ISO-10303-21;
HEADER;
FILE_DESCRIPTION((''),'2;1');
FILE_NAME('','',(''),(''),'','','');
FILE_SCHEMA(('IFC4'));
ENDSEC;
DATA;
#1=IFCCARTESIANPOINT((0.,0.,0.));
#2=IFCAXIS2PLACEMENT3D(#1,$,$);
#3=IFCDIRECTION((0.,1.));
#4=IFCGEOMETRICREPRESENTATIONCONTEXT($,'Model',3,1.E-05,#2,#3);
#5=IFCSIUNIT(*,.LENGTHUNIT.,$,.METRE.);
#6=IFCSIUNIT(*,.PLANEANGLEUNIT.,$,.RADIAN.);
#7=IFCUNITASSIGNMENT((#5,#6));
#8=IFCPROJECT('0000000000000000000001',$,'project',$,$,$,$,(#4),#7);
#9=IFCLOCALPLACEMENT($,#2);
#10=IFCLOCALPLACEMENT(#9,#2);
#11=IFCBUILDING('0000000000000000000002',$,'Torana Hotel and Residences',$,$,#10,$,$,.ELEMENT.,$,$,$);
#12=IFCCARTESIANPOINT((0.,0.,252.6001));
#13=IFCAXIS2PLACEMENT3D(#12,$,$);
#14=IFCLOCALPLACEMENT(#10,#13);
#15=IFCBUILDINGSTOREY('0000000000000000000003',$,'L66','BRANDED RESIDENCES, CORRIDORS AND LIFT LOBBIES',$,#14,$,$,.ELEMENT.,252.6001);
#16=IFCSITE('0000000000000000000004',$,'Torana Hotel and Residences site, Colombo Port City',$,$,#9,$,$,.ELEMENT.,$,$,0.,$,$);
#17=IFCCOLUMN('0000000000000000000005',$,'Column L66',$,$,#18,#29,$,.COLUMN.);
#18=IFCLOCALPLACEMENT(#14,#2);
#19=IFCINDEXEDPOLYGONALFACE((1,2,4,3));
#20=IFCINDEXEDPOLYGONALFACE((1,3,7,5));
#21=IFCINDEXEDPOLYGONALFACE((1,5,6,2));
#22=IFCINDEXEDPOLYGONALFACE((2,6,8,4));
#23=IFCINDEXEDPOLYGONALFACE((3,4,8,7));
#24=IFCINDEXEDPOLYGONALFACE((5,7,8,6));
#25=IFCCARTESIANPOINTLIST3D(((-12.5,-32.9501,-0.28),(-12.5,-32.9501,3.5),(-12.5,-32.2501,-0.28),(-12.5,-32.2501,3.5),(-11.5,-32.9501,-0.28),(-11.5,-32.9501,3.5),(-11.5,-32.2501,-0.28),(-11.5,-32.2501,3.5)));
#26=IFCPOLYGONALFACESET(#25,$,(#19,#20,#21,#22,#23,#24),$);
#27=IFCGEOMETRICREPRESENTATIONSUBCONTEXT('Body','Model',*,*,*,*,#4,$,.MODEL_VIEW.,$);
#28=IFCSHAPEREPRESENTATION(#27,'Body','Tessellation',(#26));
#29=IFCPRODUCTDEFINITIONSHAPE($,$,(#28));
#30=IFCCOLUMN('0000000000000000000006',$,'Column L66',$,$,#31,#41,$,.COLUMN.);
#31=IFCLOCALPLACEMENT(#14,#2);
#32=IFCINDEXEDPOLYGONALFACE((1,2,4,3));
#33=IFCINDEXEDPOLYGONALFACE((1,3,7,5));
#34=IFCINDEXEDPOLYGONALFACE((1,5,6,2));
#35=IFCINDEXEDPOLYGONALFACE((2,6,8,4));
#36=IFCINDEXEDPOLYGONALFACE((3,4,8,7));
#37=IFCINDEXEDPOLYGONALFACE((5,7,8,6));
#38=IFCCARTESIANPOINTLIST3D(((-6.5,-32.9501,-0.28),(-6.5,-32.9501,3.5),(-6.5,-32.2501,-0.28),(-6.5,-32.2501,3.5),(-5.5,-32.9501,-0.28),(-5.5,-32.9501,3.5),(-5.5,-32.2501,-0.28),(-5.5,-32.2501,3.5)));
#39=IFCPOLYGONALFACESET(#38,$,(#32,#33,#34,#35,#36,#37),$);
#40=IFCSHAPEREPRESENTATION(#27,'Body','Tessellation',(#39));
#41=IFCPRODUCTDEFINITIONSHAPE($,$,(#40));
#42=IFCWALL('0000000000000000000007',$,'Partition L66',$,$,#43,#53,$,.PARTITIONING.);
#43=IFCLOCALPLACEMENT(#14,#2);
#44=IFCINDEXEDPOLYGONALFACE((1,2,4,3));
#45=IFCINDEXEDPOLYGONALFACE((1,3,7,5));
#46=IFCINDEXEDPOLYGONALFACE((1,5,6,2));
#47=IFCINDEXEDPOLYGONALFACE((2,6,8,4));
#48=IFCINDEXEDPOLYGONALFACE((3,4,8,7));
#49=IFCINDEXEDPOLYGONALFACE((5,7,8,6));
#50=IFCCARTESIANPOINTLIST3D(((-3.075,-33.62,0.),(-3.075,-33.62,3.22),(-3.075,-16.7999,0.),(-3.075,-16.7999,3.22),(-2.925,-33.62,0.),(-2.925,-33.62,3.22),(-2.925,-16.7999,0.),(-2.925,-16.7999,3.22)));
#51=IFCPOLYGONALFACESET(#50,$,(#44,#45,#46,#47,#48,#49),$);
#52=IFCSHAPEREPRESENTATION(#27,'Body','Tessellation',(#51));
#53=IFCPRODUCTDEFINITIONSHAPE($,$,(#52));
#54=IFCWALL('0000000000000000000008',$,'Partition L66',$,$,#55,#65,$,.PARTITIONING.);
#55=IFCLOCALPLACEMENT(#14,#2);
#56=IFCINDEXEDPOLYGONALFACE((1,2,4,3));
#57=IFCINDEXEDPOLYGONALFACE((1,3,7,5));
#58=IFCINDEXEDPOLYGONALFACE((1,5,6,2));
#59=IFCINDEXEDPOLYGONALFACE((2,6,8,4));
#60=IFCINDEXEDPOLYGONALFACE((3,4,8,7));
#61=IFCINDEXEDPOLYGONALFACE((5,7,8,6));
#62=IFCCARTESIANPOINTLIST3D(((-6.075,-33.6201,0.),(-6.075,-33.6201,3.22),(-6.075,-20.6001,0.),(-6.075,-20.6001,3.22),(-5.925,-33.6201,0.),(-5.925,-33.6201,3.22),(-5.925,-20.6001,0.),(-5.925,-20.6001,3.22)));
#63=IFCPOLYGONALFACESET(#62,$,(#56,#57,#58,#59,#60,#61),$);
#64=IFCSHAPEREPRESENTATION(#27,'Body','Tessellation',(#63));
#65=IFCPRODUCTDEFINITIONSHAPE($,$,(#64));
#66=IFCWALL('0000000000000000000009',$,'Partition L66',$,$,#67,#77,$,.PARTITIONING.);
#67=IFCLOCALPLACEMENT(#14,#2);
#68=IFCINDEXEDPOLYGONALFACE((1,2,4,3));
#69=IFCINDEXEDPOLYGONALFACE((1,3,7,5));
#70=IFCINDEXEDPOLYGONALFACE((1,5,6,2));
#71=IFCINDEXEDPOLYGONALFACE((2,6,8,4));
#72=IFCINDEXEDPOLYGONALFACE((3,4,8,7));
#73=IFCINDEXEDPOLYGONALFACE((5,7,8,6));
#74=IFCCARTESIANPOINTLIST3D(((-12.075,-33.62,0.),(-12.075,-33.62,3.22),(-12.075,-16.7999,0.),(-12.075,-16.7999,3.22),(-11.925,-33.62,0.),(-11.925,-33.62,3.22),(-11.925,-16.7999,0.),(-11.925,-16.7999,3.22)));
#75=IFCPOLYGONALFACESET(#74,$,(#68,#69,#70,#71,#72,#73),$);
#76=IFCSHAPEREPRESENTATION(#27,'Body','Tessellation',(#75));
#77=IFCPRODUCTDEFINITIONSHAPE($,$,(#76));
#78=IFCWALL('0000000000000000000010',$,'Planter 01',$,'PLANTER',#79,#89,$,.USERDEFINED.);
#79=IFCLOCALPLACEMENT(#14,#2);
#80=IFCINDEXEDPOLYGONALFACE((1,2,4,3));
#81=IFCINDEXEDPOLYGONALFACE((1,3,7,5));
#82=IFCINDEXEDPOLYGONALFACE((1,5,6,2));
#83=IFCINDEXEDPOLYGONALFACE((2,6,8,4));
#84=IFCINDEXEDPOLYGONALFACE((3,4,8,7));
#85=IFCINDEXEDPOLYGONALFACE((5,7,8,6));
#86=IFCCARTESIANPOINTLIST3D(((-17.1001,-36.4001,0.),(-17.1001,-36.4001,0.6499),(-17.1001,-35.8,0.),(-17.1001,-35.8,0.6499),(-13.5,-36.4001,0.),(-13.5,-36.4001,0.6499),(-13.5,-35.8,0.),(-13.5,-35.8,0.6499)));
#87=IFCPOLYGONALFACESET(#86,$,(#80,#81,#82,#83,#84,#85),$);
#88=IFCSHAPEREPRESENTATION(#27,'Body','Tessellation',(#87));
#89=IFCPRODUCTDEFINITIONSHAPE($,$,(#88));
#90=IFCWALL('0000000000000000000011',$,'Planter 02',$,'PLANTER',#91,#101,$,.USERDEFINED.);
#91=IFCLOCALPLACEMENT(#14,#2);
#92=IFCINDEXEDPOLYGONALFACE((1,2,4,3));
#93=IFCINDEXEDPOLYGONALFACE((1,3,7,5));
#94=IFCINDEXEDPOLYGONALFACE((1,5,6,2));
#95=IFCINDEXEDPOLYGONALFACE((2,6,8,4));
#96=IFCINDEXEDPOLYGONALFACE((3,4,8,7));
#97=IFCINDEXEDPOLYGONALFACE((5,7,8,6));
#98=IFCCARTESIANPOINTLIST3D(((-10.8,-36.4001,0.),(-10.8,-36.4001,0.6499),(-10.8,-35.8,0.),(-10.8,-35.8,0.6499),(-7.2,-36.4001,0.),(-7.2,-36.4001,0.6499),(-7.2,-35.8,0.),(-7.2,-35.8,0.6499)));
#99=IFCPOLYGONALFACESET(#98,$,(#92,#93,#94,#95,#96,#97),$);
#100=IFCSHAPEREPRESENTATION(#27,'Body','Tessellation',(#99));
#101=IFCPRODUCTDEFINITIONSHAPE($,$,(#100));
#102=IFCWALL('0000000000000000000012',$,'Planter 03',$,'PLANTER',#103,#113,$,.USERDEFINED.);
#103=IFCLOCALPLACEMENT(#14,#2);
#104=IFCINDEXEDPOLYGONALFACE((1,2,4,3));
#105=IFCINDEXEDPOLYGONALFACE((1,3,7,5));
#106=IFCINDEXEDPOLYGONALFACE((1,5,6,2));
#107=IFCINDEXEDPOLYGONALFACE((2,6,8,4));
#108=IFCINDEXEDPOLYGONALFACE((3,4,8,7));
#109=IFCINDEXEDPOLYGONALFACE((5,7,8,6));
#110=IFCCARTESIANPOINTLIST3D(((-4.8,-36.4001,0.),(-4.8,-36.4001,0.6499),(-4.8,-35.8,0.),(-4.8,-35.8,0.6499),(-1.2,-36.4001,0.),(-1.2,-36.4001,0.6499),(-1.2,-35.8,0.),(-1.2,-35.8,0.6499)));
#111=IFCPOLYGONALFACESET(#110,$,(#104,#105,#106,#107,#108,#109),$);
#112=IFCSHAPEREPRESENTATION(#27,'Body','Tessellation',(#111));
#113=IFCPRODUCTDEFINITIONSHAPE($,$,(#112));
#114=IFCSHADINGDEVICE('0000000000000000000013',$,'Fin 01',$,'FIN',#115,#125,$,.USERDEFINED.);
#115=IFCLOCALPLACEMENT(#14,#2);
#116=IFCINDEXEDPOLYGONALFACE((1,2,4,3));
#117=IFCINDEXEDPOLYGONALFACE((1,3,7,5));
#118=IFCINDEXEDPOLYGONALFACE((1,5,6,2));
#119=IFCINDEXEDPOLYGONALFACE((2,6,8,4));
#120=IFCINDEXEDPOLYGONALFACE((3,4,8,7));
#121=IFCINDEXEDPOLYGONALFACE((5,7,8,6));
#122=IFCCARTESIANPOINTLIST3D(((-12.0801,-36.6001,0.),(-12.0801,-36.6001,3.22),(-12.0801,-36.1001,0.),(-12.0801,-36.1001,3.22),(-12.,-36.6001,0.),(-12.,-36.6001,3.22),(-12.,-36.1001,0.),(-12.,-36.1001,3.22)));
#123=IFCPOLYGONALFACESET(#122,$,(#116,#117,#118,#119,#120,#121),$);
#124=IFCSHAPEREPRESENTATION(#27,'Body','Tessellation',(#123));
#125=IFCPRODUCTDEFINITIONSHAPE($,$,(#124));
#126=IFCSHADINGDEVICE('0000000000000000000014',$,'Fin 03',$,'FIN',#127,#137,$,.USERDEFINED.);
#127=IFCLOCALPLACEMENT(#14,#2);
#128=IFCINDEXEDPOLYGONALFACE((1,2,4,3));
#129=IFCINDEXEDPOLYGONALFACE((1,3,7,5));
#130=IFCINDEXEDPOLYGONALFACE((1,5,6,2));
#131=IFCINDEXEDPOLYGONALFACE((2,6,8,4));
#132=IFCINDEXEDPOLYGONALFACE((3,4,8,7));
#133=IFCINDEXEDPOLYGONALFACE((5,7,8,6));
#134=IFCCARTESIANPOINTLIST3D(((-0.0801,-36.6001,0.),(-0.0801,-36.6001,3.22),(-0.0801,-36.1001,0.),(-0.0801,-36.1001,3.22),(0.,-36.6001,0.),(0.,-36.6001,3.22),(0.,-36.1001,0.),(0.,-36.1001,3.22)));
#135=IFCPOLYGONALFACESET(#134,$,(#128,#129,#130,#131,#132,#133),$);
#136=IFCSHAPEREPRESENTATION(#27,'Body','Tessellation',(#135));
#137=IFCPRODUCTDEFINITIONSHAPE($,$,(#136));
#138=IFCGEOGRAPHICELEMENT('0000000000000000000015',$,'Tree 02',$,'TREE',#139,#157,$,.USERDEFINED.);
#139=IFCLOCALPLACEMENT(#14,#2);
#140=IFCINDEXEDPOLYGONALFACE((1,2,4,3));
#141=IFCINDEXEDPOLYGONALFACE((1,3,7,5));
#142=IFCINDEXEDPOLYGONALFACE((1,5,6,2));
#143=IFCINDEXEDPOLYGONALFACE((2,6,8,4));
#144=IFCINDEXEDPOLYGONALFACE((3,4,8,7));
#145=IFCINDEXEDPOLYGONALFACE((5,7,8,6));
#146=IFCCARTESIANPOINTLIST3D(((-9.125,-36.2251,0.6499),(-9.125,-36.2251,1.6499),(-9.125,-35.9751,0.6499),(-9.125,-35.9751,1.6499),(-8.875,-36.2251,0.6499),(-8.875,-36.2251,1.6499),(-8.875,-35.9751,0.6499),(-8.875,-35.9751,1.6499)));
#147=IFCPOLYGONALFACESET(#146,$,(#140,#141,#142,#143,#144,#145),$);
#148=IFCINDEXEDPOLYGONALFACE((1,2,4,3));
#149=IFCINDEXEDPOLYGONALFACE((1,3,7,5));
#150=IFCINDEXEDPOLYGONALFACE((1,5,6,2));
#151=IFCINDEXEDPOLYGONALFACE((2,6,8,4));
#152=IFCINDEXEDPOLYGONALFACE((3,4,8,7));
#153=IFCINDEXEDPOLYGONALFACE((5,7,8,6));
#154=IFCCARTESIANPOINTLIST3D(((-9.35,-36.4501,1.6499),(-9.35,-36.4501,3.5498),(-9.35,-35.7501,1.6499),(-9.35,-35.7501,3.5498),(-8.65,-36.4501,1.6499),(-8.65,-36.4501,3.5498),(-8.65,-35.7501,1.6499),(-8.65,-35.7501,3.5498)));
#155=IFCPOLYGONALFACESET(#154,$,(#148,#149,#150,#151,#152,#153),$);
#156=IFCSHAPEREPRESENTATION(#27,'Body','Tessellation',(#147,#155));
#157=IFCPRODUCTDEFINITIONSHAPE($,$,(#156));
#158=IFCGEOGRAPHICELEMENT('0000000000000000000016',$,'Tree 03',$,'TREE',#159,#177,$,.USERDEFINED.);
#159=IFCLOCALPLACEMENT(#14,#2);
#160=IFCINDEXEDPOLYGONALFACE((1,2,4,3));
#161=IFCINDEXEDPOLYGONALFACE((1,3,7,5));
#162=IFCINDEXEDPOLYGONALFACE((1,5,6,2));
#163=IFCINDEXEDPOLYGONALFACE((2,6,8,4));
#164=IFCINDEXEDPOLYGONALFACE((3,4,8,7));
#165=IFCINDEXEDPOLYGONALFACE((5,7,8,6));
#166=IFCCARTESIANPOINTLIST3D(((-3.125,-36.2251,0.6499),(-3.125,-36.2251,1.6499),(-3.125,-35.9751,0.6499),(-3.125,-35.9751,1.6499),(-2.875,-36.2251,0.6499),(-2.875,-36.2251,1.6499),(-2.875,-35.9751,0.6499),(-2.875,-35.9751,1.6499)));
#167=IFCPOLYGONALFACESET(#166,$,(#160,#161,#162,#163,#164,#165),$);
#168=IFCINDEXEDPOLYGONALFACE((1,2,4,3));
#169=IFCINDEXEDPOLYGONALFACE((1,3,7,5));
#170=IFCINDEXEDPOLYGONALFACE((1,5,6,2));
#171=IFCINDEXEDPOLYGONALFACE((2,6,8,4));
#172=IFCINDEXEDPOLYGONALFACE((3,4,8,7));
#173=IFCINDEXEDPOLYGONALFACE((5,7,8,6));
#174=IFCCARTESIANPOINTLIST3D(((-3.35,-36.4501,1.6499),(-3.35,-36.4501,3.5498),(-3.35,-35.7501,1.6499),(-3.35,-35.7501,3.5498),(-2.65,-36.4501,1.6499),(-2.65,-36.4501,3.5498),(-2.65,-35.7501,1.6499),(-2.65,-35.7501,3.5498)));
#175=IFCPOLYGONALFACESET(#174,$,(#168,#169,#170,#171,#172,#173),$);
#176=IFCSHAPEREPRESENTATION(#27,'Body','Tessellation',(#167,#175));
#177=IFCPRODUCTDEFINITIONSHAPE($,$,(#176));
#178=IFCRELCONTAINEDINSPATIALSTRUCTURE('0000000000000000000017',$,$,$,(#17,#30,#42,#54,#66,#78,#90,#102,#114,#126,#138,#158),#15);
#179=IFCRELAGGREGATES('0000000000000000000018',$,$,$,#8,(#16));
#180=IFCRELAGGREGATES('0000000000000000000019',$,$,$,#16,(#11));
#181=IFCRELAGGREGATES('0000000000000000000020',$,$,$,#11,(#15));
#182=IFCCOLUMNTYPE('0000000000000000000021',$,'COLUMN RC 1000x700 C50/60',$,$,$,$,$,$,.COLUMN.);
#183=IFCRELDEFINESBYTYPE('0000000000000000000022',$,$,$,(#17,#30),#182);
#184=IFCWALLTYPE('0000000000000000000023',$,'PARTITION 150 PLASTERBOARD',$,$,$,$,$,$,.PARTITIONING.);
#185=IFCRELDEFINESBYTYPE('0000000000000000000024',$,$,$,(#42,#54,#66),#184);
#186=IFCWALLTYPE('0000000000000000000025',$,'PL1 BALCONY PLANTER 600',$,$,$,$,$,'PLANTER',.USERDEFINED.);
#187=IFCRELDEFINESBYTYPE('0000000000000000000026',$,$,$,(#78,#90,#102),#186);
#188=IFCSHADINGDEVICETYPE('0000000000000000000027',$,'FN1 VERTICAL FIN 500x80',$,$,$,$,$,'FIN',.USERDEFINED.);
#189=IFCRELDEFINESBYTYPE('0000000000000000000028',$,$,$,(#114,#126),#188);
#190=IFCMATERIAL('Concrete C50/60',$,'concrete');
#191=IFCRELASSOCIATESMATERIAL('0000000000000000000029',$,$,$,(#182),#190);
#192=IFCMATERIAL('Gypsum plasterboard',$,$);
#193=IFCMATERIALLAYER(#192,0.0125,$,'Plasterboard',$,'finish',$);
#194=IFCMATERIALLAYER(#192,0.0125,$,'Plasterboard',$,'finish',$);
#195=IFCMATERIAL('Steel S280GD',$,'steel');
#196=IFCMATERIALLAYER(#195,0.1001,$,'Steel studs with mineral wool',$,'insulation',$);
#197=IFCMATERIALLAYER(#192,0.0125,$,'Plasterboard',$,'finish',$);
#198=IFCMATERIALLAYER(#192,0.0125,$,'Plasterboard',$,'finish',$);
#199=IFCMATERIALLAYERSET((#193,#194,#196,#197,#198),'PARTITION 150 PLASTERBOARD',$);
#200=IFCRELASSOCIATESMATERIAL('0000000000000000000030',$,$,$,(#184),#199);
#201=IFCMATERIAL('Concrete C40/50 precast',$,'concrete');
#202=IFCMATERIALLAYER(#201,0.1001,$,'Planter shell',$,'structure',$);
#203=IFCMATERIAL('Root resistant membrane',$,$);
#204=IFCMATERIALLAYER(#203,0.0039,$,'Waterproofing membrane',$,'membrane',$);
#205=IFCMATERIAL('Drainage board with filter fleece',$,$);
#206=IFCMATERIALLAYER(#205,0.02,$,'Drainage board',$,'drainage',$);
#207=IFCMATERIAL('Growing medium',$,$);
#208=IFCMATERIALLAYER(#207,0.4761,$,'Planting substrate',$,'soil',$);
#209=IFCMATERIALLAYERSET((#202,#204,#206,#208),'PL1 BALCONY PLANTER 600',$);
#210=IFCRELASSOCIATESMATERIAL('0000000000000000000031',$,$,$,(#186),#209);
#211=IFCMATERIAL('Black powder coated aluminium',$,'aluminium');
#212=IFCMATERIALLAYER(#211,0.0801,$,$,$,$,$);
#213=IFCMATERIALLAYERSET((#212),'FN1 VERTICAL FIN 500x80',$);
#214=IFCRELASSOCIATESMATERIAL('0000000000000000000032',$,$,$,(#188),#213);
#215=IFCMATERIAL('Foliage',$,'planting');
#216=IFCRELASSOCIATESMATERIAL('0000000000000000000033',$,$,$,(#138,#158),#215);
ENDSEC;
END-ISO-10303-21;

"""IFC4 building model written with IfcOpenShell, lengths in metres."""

from ifc_helpers import new_model, si_unit, direction, frame, frame_2d, origin, origin_2d, place, context, subcontext, project, spatial, rectangle, extrude, material, layer, layer_set, material_profile, profile_set, type_object, element, save


model = new_model("IFC4")

# Units and contexts
model_context = context("Model", 3, precision=1e-05, world=origin(), true_north=direction((0.0, 1.0)))
body_context = subcontext(model_context, "Body", "Model", "MODEL_VIEW")
ifc_project = project(units=[si_unit("LENGTHUNIT", "METRE"), si_unit("PLANEANGLEUNIT", "RADIAN")], contexts=[model_context])

# Site, building, storey
site_placement = place(None, origin())
site = spatial("IfcSite", under=ifc_project, at=site_placement, Name="Torana Hotel and Residences site, Colombo Port City", CompositionType="ELEMENT", RefElevation=0.0)
building_placement = place(site_placement, origin())
building = spatial("IfcBuilding", under=site, at=building_placement, Name="Torana Hotel and Residences", CompositionType="ELEMENT")
storey_placement = place(building_placement, frame((0.0, 0.0, 252.6001)))
storey = spatial("IfcBuildingStorey", under=building, at=storey_placement, Name="L66", Description="BRANDED RESIDENCES, CORRIDORS AND LIFT LOBBIES", CompositionType="ELEMENT", Elevation=252.6001)

# Columns
ifc_material_1 = material(Name="Concrete C50/60", Category="concrete")
ifc_material_profile = material_profile(ifc_material_1, rectangle(XDim=1.0, YDim=0.7, at=origin_2d()), Name="RC 1000x700")
ifc_profile_set = profile_set([ifc_material_profile], Name="Concrete C50/60")
column_type = type_object("IfcColumnType", Name="COLUMN RC 1000x700 C50/60", PredefinedType="COLUMN", material=ifc_profile_set)
for number, where, z_axis, x_axis, name in (
    (1, (-12.0, -32.6001, -0.28), (0.0, 0.0, 1.0), (1.0, 0.0, 0.0), "Column L66"),
    (2, (-6.0, -32.6001, -0.28), (0.0, 0.0, 1.0), (1.0, 0.0, 0.0), "Column L66"),
):
    element("IfcColumn", number, at=place(storey_placement, frame(where, z_axis=z_axis, x_axis=x_axis)), inside=storey, type_object=column_type, Name=name, PredefinedType="COLUMN", context=body_context, shape_type="SweptSolid", body=[
        extrude(rectangle(XDim=1.0, YDim=0.7, at=origin_2d()), origin(), (0.0, 0.0, 1.0), 3.78),
    ])

# Walls
ifc_material_2 = material(Name="Gypsum plasterboard")
ifc_layer_1 = layer(ifc_material_2, 0.0125, Name="Plasterboard", Category="finish")
ifc_layer_2 = layer(ifc_material_2, 0.0125, Name="Plasterboard", Category="finish")
ifc_material_3 = material(Name="Steel S280GD", Category="steel")
ifc_layer_3 = layer(ifc_material_3, 0.1001, Name="Steel studs with mineral wool", Category="insulation")
ifc_layer_4 = layer(ifc_material_2, 0.0125, Name="Plasterboard", Category="finish")
ifc_layer_5 = layer(ifc_material_2, 0.0125, Name="Plasterboard", Category="finish")
ifc_layer_set_1 = layer_set([ifc_layer_1, ifc_layer_2, ifc_layer_3, ifc_layer_4, ifc_layer_5], Name="PARTITION 150 PLASTERBOARD")
wall_type_1 = type_object("IfcWallType", Name="PARTITION 150 PLASTERBOARD", PredefinedType="PARTITIONING", material=ifc_layer_set_1)
wall_1_placement = place(storey_placement, frame((-3.0, -33.6201, 0.0), z_axis=(0.0, 0.0, 1.0), x_axis=(0.0, 1.0, 0.0)))
element("IfcWall", 3, at=wall_1_placement, inside=storey, type_object=wall_type_1, Name="Partition L66", PredefinedType="PARTITIONING", context=body_context, shape_type="SweptSolid", body=[
    extrude(rectangle(XDim=16.8201, YDim=0.1499, at=frame_2d((8.4102, 0.0))), origin(), (0.0, 0.0, 1.0), 3.22),
])
wall_2_placement = place(storey_placement, frame((-6.0, -33.6201, 0.0), z_axis=(0.0, 0.0, 1.0), x_axis=(0.0, 1.0, 0.0)))
element("IfcWall", 4, at=wall_2_placement, inside=storey, type_object=wall_type_1, Name="Partition L66", PredefinedType="PARTITIONING", context=body_context, shape_type="SweptSolid", body=[
    extrude(rectangle(XDim=13.02, YDim=0.1499, at=frame_2d((6.51, 0.0))), origin(), (0.0, 0.0, 1.0), 3.22),
])
wall_3_placement = place(storey_placement, frame((-12.0, -33.6201, 0.0), z_axis=(0.0, 0.0, 1.0), x_axis=(0.0, 1.0, 0.0)))
element("IfcWall", 5, at=wall_3_placement, inside=storey, type_object=wall_type_1, Name="Partition L66", PredefinedType="PARTITIONING", context=body_context, shape_type="SweptSolid", body=[
    extrude(rectangle(XDim=16.8201, YDim=0.1499, at=frame_2d((8.4102, 0.0))), origin(), (0.0, 0.0, 1.0), 3.22),
])
ifc_material_4 = material(Name="Concrete C40/50 precast", Category="concrete")
ifc_layer_6 = layer(ifc_material_4, 0.1001, Name="Planter shell", Category="structure")
ifc_material_5 = material(Name="Root resistant membrane")
ifc_layer_7 = layer(ifc_material_5, 0.0039, Name="Waterproofing membrane", Category="membrane")
ifc_material_6 = material(Name="Drainage board with filter fleece")
ifc_layer_8 = layer(ifc_material_6, 0.02, Name="Drainage board", Category="drainage")
ifc_material_7 = material(Name="Growing medium")
ifc_layer_9 = layer(ifc_material_7, 0.4761, Name="Planting substrate", Category="soil")
ifc_layer_set_2 = layer_set([ifc_layer_6, ifc_layer_7, ifc_layer_8, ifc_layer_9], Name="PL1 BALCONY PLANTER 600")
wall_type_2 = type_object("IfcWallType", Name="PL1 BALCONY PLANTER 600", ElementType="PLANTER", PredefinedType="USERDEFINED", material=ifc_layer_set_2)
for number, where, z_axis, x_axis, name in (
    (6, (-13.5, -36.1001, 0.0), (0.0, 0.0, 1.0), (-1.0, 0.0, 0.0), "Planter 01"),
    (7, (-7.2, -36.1001, 0.0), (0.0, 0.0, 1.0), (-1.0, 0.0, 0.0), "Planter 02"),
    (8, (-1.2, -36.1001, 0.0), (0.0, 0.0, 1.0), (-1.0, 0.0, 0.0), "Planter 03"),
):
    element("IfcWall", number, at=place(storey_placement, frame(where, z_axis=z_axis, x_axis=x_axis)), inside=storey, type_object=wall_type_2, Name=name, ObjectType="PLANTER", PredefinedType="USERDEFINED", context=body_context, shape_type="SweptSolid", body=[
        extrude(rectangle(XDim=3.6001, YDim=0.6001, at=frame_2d((1.8, 0.0))), origin(), (0.0, 0.0, 1.0), 0.6499),
    ])

# Shading devices
ifc_material_8 = material(Name="Black powder coated aluminium", Category="aluminium")
ifc_layer_10 = layer(ifc_material_8, 0.0801)
ifc_layer_set_3 = layer_set([ifc_layer_10], Name="FN1 VERTICAL FIN 500x80")
shading_device_type = type_object("IfcShadingDeviceType", Name="FN1 VERTICAL FIN 500x80", ElementType="FIN", PredefinedType="USERDEFINED", material=ifc_layer_set_3)
for number, where, z_axis, x_axis, name in (
    (9, (-12.04, -36.3501, 0.0), (0.0, 0.0, 1.0), (-1.0, 0.0, 0.0), "Fin 01"),
    (10, (-0.04, -36.3501, 0.0), (0.0, 0.0, 1.0), (-1.0, 0.0, 0.0), "Fin 03"),
):
    element("IfcShadingDevice", number, at=place(storey_placement, frame(where, z_axis=z_axis, x_axis=x_axis)), inside=storey, type_object=shading_device_type, Name=name, ObjectType="FIN", PredefinedType="USERDEFINED", context=body_context, shape_type="SweptSolid", body=[
        extrude(rectangle(XDim=0.0801, YDim=0.5, at=origin_2d()), origin(), (0.0, 0.0, 1.0), 3.22),
    ])

# Geographic elements
ifc_material_9 = material(Name="Foliage", Category="planting")
for number, where, z_axis, x_axis, name in (
    (11, (-9.0, -36.1001, 0.6499), (0.0, 0.0, 1.0), (1.0, 0.0, 0.0), "Tree 02"),
    (12, (-3.0, -36.1001, 0.6499), (0.0, 0.0, 1.0), (1.0, 0.0, 0.0), "Tree 03"),
):
    element("IfcGeographicElement", number, at=place(storey_placement, frame(where, z_axis=z_axis, x_axis=x_axis)), inside=storey, material=ifc_material_9, Name=name, ObjectType="TREE", PredefinedType="USERDEFINED", context=body_context, shape_type="SweptSolid", body=[
        extrude(rectangle(XDim=0.25, YDim=0.25, at=origin_2d()), origin(), (0.0, 0.0, 1.0), 1.0),
        extrude(rectangle(XDim=0.7, YDim=0.7, at=origin_2d()), frame((0.0, 0.0, 1.0)), (0.0, 0.0, 1.0), 1.8999),
    ])

save(model, "model.ifc")
